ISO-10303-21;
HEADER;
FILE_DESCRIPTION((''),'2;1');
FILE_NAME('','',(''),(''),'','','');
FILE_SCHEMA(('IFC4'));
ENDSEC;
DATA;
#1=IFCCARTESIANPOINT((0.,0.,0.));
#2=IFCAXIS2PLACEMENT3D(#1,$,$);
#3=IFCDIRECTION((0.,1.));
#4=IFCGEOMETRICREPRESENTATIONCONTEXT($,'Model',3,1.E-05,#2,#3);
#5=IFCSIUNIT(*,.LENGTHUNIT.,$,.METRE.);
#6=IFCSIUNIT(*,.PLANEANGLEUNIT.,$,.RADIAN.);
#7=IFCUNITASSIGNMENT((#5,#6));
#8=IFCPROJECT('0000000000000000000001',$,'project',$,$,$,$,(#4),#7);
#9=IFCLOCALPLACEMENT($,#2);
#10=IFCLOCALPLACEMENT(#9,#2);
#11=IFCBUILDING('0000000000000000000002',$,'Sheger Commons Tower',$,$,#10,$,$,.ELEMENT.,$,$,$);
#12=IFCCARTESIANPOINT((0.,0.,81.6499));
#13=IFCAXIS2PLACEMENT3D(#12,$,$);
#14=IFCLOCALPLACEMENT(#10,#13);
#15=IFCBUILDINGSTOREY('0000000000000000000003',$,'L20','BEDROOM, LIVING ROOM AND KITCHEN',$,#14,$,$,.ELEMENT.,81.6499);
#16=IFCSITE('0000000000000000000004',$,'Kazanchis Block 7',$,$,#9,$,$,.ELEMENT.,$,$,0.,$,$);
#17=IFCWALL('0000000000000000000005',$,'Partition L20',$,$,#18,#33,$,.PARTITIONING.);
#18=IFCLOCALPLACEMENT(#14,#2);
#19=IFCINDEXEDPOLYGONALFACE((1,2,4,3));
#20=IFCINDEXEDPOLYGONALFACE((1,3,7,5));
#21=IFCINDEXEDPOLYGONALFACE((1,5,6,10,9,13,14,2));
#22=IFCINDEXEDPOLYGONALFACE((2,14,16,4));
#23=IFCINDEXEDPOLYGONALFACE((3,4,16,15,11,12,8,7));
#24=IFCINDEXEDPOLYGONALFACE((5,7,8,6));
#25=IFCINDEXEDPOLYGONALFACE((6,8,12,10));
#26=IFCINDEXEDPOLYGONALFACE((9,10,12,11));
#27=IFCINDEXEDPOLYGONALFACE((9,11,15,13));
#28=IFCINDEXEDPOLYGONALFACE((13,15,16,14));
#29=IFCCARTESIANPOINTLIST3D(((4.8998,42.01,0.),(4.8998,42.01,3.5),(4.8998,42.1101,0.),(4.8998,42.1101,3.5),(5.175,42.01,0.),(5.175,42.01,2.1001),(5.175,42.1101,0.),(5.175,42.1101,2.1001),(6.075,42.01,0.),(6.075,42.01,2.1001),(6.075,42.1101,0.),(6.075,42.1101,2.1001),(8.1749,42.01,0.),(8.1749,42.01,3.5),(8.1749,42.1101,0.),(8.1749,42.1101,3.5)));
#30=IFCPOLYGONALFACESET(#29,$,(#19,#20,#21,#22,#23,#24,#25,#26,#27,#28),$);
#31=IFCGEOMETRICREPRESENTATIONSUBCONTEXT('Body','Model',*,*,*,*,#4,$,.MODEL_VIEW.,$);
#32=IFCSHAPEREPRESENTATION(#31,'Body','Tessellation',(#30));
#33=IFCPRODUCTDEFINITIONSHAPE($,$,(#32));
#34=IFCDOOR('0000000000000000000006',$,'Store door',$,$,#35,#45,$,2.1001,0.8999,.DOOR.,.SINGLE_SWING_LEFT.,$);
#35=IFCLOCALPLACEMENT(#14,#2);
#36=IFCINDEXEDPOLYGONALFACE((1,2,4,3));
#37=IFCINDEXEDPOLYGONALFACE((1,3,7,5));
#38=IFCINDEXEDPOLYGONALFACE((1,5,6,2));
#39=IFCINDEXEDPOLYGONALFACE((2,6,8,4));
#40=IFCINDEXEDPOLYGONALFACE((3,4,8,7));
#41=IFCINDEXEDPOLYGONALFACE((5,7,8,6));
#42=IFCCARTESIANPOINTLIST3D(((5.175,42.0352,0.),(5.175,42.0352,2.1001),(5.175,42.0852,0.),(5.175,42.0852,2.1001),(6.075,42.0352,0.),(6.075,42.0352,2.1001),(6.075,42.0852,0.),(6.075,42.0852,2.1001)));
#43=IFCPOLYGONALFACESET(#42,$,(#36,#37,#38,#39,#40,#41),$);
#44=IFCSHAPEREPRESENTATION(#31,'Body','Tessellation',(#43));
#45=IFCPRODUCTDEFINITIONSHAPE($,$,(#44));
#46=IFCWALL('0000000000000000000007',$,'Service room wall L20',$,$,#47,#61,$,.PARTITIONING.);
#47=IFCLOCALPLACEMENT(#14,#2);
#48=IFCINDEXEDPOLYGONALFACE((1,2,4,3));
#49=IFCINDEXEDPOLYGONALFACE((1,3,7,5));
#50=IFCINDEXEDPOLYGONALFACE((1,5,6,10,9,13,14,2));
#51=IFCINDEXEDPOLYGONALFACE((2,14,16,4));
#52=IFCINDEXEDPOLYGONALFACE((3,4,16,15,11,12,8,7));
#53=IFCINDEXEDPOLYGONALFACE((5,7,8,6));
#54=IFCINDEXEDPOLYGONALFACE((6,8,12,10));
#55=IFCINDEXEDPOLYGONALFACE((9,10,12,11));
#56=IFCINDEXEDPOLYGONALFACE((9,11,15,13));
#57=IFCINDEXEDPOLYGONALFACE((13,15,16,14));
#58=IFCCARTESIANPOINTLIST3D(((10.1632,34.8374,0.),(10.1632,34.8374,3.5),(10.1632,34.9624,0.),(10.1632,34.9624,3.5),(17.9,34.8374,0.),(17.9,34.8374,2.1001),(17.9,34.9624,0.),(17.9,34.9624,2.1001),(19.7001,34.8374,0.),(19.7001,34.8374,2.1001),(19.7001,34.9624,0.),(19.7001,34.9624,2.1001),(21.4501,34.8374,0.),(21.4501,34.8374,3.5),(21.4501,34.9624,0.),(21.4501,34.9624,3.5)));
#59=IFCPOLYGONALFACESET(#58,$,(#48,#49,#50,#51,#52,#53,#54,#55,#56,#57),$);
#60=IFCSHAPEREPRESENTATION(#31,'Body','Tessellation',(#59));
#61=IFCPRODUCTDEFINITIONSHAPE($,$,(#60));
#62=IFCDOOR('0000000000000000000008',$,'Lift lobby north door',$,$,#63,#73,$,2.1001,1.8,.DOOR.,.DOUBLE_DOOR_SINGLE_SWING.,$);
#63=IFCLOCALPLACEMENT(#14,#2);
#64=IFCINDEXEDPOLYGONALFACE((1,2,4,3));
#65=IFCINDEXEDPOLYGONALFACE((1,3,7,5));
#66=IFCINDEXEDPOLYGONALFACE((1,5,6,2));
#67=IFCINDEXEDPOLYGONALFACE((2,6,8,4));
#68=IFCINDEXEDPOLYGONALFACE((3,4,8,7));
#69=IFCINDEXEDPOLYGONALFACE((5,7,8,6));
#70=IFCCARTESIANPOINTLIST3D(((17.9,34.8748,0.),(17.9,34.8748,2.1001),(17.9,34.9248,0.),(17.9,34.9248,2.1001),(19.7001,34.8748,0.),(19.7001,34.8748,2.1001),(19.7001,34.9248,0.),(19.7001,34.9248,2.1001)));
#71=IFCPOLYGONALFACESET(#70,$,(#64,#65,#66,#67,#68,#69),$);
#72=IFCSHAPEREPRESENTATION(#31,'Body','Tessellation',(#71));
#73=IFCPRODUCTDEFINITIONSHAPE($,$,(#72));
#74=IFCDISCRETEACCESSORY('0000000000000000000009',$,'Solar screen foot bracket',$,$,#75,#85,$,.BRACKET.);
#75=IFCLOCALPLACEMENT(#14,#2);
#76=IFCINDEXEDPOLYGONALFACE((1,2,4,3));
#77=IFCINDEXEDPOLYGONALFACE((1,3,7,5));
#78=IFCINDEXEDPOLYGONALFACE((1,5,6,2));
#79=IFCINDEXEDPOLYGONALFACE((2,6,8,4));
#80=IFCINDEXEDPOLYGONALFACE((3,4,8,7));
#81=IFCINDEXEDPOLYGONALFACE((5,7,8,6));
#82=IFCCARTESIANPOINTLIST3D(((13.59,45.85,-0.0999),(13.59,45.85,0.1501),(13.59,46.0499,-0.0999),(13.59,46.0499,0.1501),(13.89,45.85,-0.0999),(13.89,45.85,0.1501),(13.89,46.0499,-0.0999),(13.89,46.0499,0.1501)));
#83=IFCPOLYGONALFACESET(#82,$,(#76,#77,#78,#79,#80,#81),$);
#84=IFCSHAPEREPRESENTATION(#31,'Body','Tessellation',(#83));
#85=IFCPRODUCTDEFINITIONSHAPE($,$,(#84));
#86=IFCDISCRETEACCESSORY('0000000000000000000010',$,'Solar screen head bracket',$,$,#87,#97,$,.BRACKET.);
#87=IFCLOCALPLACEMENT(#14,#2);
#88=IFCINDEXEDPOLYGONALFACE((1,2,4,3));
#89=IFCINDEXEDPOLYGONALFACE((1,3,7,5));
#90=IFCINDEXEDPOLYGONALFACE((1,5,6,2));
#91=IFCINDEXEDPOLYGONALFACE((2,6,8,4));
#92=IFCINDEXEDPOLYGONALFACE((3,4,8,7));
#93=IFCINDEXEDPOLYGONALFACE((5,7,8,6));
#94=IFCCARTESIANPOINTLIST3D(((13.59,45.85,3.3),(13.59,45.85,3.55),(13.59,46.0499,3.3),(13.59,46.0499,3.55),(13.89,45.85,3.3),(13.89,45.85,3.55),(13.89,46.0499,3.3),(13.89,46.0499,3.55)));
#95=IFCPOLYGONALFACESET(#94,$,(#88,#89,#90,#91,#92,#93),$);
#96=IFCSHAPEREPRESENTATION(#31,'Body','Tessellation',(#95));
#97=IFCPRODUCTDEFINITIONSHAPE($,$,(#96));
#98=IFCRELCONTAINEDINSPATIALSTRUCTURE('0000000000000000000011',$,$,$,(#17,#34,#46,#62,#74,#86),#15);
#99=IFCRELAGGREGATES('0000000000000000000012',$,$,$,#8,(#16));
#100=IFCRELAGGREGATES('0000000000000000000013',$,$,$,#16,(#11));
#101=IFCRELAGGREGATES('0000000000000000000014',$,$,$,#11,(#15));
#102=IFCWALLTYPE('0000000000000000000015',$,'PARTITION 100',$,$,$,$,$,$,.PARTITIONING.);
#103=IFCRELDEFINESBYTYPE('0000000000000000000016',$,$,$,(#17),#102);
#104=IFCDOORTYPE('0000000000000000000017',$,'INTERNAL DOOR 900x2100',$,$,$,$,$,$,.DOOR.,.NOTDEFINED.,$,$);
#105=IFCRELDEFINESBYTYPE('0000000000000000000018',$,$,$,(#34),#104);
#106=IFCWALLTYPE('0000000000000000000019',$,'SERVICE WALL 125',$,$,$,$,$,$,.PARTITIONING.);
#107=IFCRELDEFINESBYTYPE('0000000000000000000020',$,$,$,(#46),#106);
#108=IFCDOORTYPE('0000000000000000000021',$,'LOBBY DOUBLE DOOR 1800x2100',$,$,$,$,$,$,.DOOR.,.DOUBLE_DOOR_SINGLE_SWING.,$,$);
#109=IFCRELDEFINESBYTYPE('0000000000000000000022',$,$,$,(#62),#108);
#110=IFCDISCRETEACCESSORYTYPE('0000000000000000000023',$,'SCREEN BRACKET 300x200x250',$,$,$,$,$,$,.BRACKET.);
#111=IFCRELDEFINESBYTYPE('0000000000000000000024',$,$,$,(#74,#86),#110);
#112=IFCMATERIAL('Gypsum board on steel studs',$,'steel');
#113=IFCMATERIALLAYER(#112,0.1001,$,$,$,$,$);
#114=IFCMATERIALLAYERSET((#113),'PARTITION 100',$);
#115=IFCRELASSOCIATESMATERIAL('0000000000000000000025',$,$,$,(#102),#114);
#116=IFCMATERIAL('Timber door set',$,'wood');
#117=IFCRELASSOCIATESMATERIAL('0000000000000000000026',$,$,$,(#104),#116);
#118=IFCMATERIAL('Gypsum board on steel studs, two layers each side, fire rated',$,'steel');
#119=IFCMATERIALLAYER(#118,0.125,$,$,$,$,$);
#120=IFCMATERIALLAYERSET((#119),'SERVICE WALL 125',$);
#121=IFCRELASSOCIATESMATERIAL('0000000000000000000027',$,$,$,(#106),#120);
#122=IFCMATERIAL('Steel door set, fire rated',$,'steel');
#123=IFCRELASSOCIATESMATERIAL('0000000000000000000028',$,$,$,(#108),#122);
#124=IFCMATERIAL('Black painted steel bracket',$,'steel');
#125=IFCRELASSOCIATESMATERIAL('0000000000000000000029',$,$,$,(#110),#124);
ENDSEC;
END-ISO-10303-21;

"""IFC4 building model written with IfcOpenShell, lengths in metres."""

from ifc_helpers import new_model, si_unit, direction, frame, frame_2d, origin, origin_2d, place, context, subcontext, project, spatial, rectangle, extrude, material, layer, layer_set, type_object, element, fill, save


model = new_model("IFC4")

# Units and contexts
model_context = context("Model", 3, precision=1e-05, world=origin(), true_north=direction((0.0, 1.0)))
body_context = subcontext(model_context, "Body", "Model", "MODEL_VIEW")
ifc_project = project(units=[si_unit("LENGTHUNIT", "METRE"), si_unit("PLANEANGLEUNIT", "RADIAN")], contexts=[model_context])

# Site, building, storey
site_placement = place(None, origin())
site = spatial("IfcSite", under=ifc_project, at=site_placement, Name="Kazanchis Block 7", CompositionType="ELEMENT", RefElevation=0.0)
building_placement = place(site_placement, origin())
building = spatial("IfcBuilding", under=site, at=building_placement, Name="Sheger Commons Tower", CompositionType="ELEMENT")
storey_placement = place(building_placement, frame((0.0, 0.0, 81.6499)))
storey = spatial("IfcBuildingStorey", under=building, at=storey_placement, Name="L20", Description="BEDROOM, LIVING ROOM AND KITCHEN", CompositionType="ELEMENT", Elevation=81.6499)

# Shared definitions
ifc_material_1 = material(Name="Gypsum board on steel studs", Category="steel")
ifc_layer_1 = layer(ifc_material_1, 0.1001)
ifc_layer_set_1 = layer_set([ifc_layer_1], Name="PARTITION 100")
wall_type_1 = type_object("IfcWallType", Name="PARTITION 100", PredefinedType="PARTITIONING", material=ifc_layer_set_1)

# Shared definitions
ifc_material_2 = material(Name="Timber door set", Category="wood")
door_type_1 = type_object("IfcDoorType", Name="INTERNAL DOOR 900x2100", OperationType="NOTDEFINED", PredefinedType="DOOR", material=ifc_material_2)

# Walls, openings, doors
wall_1_placement = place(storey_placement, frame((8.175, 42.0601, 0.0), z_axis=(0.0, 0.0, 1.0), x_axis=(-1.0, 0.0, 0.0)))
wall_1 = element("IfcWall", 1, at=wall_1_placement, inside=storey, type_object=wall_type_1, Name="Partition L20", PredefinedType="PARTITIONING", context=body_context, shape_type="SweptSolid", body=[
    extrude(rectangle(XDim=3.2751, YDim=0.1001, at=frame_2d((1.6377, 0.0))), origin(), (0.0, 0.0, 1.0), 3.5),
])
opening_1_placement = place(wall_1_placement, frame((2.1001, 0.0, 0.0)))
opening_1 = element("IfcOpeningElement", 2, at=opening_1_placement, cuts=wall_1, PredefinedType="OPENING", context=body_context, shape_type="SweptSolid", body=[
    extrude(rectangle(XDim=0.8999, YDim=2.1001, at=frame_2d((0.45, 1.05))), frame((0.0, 0.0601, 0.0), z_axis=(0.0, -1.0, 0.0), x_axis=(1.0, 0.0, 0.0)), (0.0, 0.0, 1.0), 0.1201),
])
door_1_placement = place(opening_1_placement, origin())
door_1 = element("IfcDoor", 3, at=door_1_placement, inside=storey, type_object=door_type_1, Name="Store door", OperationType="SINGLE_SWING_LEFT", OverallHeight=2.1001, OverallWidth=0.8999, PredefinedType="DOOR", context=body_context, shape_type="SweptSolid", body=[
    extrude(rectangle(XDim=0.8999, YDim=2.1001, at=frame_2d((0.45, 1.05))), frame((0.0, 0.0249, 0.0), z_axis=(0.0, -1.0, 0.0), x_axis=(1.0, 0.0, 0.0)), (0.0, 0.0, 1.0), 0.05),
])
fill(opening_1, door_1)
ifc_material_3 = material(Name="Gypsum board on steel studs, two layers each side, fire rated", Category="steel")
ifc_layer_2 = layer(ifc_material_3, 0.125)
ifc_layer_set_2 = layer_set([ifc_layer_2], Name="SERVICE WALL 125")
wall_type_2 = type_object("IfcWallType", Name="SERVICE WALL 125", PredefinedType="PARTITIONING", material=ifc_layer_set_2)
wall_2_placement = place(storey_placement, frame((10.1631, 34.8999, 0.0), z_axis=(0.0, 0.0, 1.0), x_axis=(1.0, 0.0, 0.0)))
wall_2 = element("IfcWall", 4, at=wall_2_placement, inside=storey, type_object=wall_type_2, Name="Service room wall L20", PredefinedType="PARTITIONING", context=body_context, shape_type="SweptSolid", body=[
    extrude(rectangle(XDim=11.2869, YDim=0.125, at=frame_2d((5.6436, 0.0))), origin(), (0.0, 0.0, 1.0), 3.5),
])
opening_2_placement = place(wall_2_placement, frame((7.7371, 0.0, 0.0)))
opening_2 = element("IfcOpeningElement", 5, at=opening_2_placement, cuts=wall_2, PredefinedType="OPENING", context=body_context, shape_type="SweptSolid", body=[
    extrude(rectangle(XDim=1.8, YDim=2.1001, at=frame_2d((0.8999, 1.05))), frame((0.0, 0.0725, 0.0), z_axis=(0.0, -1.0, 0.0), x_axis=(1.0, 0.0, 0.0)), (0.0, 0.0, 1.0), 0.145),
])
ifc_material_4 = material(Name="Steel door set, fire rated", Category="steel")
door_type_2 = type_object("IfcDoorType", Name="LOBBY DOUBLE DOOR 1800x2100", OperationType="DOUBLE_DOOR_SINGLE_SWING", PredefinedType="DOOR", material=ifc_material_4)
door_2_placement = place(opening_2_placement, origin())
door_2 = element("IfcDoor", 6, at=door_2_placement, inside=storey, type_object=door_type_2, Name="Lift lobby north door", OperationType="DOUBLE_DOOR_SINGLE_SWING", OverallHeight=2.1001, OverallWidth=1.8, PredefinedType="DOOR", context=body_context, shape_type="SweptSolid", body=[
    extrude(rectangle(XDim=1.8, YDim=2.1001, at=frame_2d((0.8999, 1.05))), frame((0.0, 0.0249, 0.0), z_axis=(0.0, -1.0, 0.0), x_axis=(1.0, 0.0, 0.0)), (0.0, 0.0, 1.0), 0.05),
])
fill(opening_2, door_2)

# Discrete accessories
ifc_material_5 = material(Name="Black painted steel bracket", Category="steel")
discrete_accessory_type = type_object("IfcDiscreteAccessoryType", Name="SCREEN BRACKET 300x200x250", PredefinedType="BRACKET", material=ifc_material_5)
for number, where, z_axis, x_axis, name in (
    (7, (13.74, 45.95, -0.0999), (0.0, 0.0, 1.0), (-1.0, 0.0, 0.0), "Solar screen foot bracket"),
    (8, (13.74, 45.95, 3.3), (0.0, 0.0, 1.0), (-1.0, 0.0, 0.0), "Solar screen head bracket"),
):
    element("IfcDiscreteAccessory", number, at=place(storey_placement, frame(where, z_axis=z_axis, x_axis=x_axis)), inside=storey, type_object=discrete_accessory_type, Name=name, PredefinedType="BRACKET", context=body_context, shape_type="SweptSolid", body=[
        extrude(rectangle(XDim=0.3, YDim=0.2, at=origin_2d()), origin(), (0.0, 0.0, 1.0), 0.25),
    ])

save(model, "model.ifc")
